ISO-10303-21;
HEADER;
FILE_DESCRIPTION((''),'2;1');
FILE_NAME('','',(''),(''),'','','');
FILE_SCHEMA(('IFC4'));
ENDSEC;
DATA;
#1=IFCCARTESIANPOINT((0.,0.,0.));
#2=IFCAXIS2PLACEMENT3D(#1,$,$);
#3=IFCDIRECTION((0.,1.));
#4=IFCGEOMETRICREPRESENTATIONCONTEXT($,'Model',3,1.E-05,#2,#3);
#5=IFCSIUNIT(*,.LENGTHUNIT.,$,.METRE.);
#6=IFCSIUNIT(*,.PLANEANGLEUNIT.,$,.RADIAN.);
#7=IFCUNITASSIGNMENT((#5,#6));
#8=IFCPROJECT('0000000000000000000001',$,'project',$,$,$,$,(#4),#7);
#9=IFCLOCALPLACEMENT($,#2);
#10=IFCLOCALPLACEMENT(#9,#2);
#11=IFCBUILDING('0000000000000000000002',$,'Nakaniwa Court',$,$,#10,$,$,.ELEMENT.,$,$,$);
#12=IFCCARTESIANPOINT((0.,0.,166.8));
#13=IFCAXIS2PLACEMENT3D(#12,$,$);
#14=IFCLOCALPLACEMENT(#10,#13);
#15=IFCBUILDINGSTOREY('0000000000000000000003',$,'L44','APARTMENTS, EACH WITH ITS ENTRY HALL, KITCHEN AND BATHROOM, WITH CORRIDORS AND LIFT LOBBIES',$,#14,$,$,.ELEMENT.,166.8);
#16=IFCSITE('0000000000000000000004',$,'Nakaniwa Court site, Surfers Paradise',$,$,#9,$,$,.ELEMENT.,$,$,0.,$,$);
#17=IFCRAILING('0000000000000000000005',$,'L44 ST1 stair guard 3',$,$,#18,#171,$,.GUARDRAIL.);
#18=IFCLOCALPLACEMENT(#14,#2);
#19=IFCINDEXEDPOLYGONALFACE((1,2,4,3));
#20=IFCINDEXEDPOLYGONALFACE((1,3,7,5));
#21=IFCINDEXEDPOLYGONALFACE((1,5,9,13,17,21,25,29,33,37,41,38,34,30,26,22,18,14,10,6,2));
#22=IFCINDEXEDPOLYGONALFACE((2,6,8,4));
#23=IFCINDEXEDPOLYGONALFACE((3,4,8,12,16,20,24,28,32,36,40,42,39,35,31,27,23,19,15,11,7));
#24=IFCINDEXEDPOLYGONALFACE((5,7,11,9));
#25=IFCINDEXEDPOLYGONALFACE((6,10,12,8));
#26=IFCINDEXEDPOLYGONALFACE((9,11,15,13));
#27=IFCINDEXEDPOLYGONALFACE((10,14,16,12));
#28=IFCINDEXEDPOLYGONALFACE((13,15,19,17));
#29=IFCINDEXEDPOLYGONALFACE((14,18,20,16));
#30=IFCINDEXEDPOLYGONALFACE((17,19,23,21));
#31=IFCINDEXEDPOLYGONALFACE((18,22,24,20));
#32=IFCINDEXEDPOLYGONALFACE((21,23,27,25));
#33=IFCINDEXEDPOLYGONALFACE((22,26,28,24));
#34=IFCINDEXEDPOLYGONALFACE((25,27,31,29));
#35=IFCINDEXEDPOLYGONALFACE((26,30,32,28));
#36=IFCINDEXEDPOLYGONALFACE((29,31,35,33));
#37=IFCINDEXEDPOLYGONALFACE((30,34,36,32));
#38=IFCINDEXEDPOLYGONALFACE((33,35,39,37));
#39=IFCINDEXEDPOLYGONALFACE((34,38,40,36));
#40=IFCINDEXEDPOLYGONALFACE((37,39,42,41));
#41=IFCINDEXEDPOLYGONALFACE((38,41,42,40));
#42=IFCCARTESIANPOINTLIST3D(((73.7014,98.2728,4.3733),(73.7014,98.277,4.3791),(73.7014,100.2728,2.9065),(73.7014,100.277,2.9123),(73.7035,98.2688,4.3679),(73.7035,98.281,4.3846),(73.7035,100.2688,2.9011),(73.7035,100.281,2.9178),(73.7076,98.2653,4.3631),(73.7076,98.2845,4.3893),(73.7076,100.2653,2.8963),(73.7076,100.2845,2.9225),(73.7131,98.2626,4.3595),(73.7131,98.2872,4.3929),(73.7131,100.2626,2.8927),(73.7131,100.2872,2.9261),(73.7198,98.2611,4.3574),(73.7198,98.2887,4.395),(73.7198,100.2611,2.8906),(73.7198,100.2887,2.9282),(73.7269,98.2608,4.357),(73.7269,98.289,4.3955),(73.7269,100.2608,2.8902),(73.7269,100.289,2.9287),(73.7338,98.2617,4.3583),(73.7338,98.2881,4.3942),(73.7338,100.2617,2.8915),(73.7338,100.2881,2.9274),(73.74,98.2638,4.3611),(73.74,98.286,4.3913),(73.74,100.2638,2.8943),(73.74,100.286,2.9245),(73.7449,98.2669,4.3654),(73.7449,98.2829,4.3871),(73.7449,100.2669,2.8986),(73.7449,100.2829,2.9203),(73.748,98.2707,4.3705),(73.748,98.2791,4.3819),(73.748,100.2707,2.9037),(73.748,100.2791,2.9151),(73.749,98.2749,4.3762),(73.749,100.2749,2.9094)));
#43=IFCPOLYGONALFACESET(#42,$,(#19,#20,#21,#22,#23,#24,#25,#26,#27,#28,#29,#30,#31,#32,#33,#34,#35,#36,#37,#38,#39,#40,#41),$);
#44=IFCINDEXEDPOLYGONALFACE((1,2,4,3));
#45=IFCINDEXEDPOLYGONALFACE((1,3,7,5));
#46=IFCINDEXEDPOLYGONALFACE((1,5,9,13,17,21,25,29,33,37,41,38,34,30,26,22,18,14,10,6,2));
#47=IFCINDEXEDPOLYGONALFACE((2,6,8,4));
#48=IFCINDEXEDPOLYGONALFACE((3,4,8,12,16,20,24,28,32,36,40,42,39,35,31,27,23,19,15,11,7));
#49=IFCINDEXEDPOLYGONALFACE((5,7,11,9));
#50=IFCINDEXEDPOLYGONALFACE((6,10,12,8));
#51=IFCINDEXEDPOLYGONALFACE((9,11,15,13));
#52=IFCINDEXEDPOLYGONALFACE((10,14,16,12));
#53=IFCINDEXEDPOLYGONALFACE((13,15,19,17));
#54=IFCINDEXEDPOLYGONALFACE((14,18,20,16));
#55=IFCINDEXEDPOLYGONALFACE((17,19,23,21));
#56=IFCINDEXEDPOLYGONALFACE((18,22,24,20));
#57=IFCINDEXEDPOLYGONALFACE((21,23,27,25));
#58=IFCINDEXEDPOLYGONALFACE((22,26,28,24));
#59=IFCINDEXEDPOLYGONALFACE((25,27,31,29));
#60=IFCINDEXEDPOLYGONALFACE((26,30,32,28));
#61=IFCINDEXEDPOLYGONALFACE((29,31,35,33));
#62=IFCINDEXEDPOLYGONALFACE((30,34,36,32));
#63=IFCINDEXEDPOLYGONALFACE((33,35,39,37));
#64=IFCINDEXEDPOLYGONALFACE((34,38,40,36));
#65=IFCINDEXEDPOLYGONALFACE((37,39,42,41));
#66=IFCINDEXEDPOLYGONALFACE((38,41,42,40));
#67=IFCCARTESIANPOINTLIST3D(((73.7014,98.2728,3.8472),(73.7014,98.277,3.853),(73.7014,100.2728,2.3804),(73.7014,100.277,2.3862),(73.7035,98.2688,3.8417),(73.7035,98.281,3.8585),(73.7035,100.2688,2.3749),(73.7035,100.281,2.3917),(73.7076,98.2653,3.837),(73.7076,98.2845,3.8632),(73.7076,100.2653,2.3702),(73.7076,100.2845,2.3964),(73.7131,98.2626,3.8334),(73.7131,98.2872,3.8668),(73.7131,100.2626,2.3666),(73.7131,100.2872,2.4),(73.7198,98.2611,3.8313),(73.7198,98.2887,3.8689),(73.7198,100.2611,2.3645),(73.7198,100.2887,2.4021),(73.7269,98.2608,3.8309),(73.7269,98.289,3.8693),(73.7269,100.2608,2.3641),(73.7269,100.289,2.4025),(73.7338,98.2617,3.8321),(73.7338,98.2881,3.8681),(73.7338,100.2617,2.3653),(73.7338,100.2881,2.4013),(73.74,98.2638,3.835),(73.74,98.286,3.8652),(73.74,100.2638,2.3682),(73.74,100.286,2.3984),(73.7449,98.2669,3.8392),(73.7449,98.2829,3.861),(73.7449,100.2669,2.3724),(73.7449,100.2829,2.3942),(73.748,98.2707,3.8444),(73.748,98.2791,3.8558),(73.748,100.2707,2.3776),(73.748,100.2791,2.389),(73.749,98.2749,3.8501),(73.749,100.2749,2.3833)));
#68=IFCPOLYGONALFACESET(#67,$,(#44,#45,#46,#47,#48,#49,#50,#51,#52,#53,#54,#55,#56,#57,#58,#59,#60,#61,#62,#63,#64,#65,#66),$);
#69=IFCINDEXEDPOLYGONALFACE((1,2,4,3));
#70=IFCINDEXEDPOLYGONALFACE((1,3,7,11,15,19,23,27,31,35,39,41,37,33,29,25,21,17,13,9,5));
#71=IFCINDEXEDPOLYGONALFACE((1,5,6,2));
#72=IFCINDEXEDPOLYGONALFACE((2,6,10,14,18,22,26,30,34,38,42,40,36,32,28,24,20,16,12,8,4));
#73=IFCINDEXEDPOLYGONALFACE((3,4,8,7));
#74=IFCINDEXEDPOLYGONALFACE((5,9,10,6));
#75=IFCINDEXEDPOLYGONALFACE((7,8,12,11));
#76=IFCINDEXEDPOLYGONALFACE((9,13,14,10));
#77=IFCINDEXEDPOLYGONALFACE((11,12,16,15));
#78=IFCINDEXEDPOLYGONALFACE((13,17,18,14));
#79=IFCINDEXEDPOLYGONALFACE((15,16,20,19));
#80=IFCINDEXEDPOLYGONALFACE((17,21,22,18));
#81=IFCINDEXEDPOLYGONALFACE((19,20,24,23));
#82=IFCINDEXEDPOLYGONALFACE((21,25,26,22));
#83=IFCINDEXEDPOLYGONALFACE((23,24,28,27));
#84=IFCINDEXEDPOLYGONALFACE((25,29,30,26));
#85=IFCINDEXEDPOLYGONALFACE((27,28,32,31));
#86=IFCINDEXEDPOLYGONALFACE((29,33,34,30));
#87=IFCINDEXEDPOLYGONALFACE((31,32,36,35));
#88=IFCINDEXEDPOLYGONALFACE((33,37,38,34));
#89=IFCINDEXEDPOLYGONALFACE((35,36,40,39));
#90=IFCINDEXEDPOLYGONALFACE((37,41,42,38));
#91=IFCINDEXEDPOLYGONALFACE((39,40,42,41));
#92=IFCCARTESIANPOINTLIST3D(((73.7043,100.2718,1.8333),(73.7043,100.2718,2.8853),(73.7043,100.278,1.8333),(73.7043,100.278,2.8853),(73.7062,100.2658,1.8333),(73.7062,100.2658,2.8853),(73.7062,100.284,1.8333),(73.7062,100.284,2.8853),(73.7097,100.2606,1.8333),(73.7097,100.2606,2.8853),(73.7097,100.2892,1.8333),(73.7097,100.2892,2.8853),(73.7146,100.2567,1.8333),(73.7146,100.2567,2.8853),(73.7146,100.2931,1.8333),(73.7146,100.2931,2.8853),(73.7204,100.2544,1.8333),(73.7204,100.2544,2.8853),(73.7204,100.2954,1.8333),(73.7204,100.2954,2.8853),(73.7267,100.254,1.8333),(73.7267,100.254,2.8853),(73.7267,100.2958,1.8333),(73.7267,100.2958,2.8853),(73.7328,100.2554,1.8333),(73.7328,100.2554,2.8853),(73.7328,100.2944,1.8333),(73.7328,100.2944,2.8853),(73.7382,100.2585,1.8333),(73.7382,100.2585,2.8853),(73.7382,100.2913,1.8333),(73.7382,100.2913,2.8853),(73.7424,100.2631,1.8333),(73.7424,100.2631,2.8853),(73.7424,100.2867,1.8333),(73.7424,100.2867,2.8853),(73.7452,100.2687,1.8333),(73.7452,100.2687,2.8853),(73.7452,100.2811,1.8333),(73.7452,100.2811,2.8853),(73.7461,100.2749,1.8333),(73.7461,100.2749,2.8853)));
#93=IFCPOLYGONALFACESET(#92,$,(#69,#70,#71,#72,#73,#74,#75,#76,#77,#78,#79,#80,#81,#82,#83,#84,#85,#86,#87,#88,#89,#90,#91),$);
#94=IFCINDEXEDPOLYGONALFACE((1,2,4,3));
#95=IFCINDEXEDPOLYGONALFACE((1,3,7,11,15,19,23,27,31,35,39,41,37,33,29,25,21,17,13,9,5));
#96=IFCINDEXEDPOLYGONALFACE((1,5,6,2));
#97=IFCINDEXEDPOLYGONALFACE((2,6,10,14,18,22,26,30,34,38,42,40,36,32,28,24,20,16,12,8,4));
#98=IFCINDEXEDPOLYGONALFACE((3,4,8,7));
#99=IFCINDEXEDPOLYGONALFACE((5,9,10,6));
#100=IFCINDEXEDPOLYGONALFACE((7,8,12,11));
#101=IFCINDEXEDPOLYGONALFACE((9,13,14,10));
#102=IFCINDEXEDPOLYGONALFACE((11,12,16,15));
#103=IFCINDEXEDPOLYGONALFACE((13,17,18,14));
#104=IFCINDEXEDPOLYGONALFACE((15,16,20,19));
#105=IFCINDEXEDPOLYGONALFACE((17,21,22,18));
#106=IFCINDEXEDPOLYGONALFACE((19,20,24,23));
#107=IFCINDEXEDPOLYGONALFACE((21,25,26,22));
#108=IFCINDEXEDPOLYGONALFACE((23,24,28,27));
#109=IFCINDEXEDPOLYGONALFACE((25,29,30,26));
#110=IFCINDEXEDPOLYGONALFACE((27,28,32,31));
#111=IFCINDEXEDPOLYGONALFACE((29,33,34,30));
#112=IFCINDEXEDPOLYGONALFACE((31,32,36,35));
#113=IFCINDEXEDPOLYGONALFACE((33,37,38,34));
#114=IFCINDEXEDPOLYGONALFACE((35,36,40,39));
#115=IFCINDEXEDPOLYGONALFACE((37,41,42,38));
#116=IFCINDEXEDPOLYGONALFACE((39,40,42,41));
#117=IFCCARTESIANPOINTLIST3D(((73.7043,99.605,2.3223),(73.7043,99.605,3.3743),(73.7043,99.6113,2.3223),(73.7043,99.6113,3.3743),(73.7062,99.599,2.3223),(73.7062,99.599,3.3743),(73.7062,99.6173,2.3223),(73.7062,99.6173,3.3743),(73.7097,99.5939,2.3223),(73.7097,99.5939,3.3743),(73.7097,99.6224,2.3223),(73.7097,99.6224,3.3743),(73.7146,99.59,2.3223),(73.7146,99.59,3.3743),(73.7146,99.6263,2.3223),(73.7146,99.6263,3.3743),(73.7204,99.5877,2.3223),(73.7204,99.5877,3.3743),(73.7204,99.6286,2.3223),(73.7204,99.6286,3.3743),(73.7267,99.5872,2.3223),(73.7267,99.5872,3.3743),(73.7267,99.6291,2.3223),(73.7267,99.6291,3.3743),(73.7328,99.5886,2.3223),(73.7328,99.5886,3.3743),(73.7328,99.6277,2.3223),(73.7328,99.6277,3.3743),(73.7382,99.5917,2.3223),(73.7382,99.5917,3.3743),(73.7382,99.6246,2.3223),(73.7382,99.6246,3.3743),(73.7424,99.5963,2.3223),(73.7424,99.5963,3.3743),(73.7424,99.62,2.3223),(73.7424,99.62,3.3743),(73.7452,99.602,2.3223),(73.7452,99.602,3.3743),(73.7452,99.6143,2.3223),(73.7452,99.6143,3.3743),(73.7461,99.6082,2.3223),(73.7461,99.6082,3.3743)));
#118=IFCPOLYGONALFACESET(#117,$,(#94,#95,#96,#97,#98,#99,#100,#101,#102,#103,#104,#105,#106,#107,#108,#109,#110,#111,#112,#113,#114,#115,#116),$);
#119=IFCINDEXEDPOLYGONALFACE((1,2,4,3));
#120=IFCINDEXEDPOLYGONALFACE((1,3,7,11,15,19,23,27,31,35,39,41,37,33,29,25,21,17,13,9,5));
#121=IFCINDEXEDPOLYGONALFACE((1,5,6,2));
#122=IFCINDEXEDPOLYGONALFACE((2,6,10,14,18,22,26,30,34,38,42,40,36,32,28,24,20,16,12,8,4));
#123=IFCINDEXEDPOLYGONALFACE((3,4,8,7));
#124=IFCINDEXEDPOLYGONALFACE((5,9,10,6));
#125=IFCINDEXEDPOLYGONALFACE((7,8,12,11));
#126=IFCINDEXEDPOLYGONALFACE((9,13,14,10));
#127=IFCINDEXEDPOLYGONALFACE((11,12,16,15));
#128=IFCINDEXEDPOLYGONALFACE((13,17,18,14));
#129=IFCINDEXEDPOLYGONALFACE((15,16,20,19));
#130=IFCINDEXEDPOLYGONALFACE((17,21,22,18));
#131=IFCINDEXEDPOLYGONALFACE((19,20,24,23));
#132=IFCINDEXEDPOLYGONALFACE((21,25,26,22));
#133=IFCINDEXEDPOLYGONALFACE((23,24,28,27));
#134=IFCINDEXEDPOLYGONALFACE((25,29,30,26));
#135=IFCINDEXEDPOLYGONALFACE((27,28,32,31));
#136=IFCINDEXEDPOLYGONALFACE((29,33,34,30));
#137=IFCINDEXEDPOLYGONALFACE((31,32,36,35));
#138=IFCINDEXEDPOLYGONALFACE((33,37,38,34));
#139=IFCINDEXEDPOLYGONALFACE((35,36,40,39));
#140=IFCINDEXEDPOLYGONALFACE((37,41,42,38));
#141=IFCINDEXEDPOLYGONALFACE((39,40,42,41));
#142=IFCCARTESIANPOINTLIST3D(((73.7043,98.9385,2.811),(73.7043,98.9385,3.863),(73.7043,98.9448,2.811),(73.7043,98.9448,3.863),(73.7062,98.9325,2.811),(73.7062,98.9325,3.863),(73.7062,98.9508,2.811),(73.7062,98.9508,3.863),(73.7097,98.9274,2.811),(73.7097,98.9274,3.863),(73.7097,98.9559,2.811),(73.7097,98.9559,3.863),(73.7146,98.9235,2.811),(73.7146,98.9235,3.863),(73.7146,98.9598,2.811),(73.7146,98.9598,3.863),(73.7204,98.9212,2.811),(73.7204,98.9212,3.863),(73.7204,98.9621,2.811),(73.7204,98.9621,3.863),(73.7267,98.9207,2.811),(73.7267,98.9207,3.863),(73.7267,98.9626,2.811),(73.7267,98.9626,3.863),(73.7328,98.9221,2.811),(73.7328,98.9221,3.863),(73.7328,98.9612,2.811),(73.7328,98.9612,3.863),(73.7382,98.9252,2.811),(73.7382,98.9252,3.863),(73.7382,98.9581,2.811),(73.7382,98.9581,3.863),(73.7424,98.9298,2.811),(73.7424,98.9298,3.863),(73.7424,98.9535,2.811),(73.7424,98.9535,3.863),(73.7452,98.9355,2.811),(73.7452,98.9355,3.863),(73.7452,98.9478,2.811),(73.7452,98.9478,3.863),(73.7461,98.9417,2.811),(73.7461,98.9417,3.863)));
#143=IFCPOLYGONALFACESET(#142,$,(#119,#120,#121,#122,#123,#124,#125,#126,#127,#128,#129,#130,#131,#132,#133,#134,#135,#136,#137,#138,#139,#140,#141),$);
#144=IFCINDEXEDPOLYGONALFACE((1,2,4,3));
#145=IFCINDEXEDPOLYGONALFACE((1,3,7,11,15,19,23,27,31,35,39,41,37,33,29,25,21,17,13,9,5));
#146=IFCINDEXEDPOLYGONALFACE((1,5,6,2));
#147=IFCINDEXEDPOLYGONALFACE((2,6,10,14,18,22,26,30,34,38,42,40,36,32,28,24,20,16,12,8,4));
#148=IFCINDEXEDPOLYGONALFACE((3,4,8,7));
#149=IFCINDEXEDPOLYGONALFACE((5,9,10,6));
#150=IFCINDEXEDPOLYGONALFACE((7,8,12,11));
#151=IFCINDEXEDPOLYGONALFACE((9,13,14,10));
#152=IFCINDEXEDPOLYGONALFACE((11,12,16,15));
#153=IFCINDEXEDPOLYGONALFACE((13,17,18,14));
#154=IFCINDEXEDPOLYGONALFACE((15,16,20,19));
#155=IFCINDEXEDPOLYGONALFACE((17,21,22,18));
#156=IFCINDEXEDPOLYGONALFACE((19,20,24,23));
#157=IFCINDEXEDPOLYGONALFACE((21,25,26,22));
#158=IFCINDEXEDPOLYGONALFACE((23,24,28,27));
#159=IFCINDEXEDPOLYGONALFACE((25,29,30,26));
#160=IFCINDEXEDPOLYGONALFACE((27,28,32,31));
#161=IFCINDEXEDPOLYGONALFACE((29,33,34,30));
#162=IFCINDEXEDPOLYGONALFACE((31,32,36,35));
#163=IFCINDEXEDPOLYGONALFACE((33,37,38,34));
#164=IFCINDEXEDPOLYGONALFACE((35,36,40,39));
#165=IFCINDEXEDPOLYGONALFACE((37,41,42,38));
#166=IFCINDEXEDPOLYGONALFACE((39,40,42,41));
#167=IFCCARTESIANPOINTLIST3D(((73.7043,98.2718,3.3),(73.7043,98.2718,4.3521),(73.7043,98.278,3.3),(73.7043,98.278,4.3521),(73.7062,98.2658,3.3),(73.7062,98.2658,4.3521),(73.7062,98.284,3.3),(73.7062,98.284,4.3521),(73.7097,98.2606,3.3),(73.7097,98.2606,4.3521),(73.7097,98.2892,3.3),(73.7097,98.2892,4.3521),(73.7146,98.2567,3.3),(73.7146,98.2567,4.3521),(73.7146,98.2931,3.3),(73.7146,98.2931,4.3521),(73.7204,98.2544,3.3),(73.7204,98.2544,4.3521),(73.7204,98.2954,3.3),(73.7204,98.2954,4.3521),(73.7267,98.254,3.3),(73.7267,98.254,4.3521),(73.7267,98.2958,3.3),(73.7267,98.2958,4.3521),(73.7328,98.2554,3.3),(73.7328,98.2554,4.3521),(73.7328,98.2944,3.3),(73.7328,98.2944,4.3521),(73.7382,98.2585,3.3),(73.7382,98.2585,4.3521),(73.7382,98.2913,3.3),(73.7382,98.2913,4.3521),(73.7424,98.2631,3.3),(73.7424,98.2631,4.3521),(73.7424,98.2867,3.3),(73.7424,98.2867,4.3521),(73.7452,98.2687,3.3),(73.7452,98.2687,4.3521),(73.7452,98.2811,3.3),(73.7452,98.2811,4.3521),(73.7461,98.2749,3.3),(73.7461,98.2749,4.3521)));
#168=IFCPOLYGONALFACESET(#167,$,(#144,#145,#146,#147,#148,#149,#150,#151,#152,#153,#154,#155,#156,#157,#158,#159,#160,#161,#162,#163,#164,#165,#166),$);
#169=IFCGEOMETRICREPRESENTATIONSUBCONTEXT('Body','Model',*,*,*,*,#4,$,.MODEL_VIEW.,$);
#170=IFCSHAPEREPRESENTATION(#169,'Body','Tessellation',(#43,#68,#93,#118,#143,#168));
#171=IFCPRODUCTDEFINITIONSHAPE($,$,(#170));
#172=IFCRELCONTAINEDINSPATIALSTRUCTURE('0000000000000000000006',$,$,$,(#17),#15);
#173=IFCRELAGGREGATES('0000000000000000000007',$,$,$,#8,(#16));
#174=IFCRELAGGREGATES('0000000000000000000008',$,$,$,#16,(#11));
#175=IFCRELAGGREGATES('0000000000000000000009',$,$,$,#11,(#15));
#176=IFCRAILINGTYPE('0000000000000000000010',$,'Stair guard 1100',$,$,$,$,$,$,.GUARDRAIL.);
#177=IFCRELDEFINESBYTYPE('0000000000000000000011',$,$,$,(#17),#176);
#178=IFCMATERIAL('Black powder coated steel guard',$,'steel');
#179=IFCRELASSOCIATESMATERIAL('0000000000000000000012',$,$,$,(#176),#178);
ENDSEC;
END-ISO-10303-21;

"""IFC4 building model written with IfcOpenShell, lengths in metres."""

from ifc_helpers import new_model, si_unit, direction, frame, origin, origin_2d, place, context, subcontext, project, spatial, circle, extrude, material, type_object, element, save


model = new_model("IFC4")

# Units and contexts
model_context = context("Model", 3, precision=1e-05, world=origin(), true_north=direction((0.0, 1.0)))
body_context = subcontext(model_context, "Body", "Model", "MODEL_VIEW")
ifc_project = project(units=[si_unit("LENGTHUNIT", "METRE"), si_unit("PLANEANGLEUNIT", "RADIAN")], contexts=[model_context])

# Site, building, storey
site_placement = place(None, origin())
site = spatial("IfcSite", under=ifc_project, at=site_placement, Name="Nakaniwa Court site, Surfers Paradise", CompositionType="ELEMENT", RefElevation=0.0)
building_placement = place(site_placement, origin())
building = spatial("IfcBuilding", under=site, at=building_placement, Name="Nakaniwa Court", CompositionType="ELEMENT")
storey_placement = place(building_placement, frame((0.0, 0.0, 166.8)))
storey = spatial("IfcBuildingStorey", under=building, at=storey_placement, Name="L44", Description="APARTMENTS, EACH WITH ITS ENTRY HALL, KITCHEN AND BATHROOM, WITH CORRIDORS AND LIFT LOBBIES", CompositionType="ELEMENT", Elevation=166.8)

# Railing
ifc_material_1 = material(Name="Black powder coated steel guard", Category="steel")
railing_type_1 = type_object("IfcRailingType", Name="Stair guard 1100", PredefinedType="GUARDRAIL", material=ifc_material_1)
railing_1_placement = place(storey_placement, frame((73.7251, 100.2749, 1.8333)))
element("IfcRailing", 1, at=railing_1_placement, inside=storey, type_object=railing_type_1, Name="L44 ST1 stair guard 3", PredefinedType="GUARDRAIL", context=body_context, shape_type="SweptSolid", body=[
    extrude(circle(Radius=0.0239, at=origin_2d()), frame((0.0, 0.0, 1.0762), z_axis=(0.0, -0.80638, 0.591398), x_axis=(1.0, 0.0, 0.0)), (0.0, 0.0, 1.0), 2.4802),
    extrude(circle(Radius=0.0239, at=origin_2d()), frame((0.0, 0.0, 0.55), z_axis=(0.0, -0.80638, 0.591398), x_axis=(1.0, 0.0, 0.0)), (0.0, 0.0, 1.0), 2.4802),
    extrude(circle(Radius=0.021, at=origin_2d()), origin(), (0.0, 0.0, 1.0), 1.052),
    extrude(circle(Radius=0.021, at=origin_2d()), frame((0.0, -0.6667, 0.489)), (0.0, 0.0, 1.0), 1.052),
    extrude(circle(Radius=0.021, at=origin_2d()), frame((0.0, -1.3333, 0.9778)), (0.0, 0.0, 1.0), 1.052),
    extrude(circle(Radius=0.021, at=origin_2d()), frame((0.0, -2.0, 1.4668)), (0.0, 0.0, 1.0), 1.052),
])

save(model, "model.ifc")
